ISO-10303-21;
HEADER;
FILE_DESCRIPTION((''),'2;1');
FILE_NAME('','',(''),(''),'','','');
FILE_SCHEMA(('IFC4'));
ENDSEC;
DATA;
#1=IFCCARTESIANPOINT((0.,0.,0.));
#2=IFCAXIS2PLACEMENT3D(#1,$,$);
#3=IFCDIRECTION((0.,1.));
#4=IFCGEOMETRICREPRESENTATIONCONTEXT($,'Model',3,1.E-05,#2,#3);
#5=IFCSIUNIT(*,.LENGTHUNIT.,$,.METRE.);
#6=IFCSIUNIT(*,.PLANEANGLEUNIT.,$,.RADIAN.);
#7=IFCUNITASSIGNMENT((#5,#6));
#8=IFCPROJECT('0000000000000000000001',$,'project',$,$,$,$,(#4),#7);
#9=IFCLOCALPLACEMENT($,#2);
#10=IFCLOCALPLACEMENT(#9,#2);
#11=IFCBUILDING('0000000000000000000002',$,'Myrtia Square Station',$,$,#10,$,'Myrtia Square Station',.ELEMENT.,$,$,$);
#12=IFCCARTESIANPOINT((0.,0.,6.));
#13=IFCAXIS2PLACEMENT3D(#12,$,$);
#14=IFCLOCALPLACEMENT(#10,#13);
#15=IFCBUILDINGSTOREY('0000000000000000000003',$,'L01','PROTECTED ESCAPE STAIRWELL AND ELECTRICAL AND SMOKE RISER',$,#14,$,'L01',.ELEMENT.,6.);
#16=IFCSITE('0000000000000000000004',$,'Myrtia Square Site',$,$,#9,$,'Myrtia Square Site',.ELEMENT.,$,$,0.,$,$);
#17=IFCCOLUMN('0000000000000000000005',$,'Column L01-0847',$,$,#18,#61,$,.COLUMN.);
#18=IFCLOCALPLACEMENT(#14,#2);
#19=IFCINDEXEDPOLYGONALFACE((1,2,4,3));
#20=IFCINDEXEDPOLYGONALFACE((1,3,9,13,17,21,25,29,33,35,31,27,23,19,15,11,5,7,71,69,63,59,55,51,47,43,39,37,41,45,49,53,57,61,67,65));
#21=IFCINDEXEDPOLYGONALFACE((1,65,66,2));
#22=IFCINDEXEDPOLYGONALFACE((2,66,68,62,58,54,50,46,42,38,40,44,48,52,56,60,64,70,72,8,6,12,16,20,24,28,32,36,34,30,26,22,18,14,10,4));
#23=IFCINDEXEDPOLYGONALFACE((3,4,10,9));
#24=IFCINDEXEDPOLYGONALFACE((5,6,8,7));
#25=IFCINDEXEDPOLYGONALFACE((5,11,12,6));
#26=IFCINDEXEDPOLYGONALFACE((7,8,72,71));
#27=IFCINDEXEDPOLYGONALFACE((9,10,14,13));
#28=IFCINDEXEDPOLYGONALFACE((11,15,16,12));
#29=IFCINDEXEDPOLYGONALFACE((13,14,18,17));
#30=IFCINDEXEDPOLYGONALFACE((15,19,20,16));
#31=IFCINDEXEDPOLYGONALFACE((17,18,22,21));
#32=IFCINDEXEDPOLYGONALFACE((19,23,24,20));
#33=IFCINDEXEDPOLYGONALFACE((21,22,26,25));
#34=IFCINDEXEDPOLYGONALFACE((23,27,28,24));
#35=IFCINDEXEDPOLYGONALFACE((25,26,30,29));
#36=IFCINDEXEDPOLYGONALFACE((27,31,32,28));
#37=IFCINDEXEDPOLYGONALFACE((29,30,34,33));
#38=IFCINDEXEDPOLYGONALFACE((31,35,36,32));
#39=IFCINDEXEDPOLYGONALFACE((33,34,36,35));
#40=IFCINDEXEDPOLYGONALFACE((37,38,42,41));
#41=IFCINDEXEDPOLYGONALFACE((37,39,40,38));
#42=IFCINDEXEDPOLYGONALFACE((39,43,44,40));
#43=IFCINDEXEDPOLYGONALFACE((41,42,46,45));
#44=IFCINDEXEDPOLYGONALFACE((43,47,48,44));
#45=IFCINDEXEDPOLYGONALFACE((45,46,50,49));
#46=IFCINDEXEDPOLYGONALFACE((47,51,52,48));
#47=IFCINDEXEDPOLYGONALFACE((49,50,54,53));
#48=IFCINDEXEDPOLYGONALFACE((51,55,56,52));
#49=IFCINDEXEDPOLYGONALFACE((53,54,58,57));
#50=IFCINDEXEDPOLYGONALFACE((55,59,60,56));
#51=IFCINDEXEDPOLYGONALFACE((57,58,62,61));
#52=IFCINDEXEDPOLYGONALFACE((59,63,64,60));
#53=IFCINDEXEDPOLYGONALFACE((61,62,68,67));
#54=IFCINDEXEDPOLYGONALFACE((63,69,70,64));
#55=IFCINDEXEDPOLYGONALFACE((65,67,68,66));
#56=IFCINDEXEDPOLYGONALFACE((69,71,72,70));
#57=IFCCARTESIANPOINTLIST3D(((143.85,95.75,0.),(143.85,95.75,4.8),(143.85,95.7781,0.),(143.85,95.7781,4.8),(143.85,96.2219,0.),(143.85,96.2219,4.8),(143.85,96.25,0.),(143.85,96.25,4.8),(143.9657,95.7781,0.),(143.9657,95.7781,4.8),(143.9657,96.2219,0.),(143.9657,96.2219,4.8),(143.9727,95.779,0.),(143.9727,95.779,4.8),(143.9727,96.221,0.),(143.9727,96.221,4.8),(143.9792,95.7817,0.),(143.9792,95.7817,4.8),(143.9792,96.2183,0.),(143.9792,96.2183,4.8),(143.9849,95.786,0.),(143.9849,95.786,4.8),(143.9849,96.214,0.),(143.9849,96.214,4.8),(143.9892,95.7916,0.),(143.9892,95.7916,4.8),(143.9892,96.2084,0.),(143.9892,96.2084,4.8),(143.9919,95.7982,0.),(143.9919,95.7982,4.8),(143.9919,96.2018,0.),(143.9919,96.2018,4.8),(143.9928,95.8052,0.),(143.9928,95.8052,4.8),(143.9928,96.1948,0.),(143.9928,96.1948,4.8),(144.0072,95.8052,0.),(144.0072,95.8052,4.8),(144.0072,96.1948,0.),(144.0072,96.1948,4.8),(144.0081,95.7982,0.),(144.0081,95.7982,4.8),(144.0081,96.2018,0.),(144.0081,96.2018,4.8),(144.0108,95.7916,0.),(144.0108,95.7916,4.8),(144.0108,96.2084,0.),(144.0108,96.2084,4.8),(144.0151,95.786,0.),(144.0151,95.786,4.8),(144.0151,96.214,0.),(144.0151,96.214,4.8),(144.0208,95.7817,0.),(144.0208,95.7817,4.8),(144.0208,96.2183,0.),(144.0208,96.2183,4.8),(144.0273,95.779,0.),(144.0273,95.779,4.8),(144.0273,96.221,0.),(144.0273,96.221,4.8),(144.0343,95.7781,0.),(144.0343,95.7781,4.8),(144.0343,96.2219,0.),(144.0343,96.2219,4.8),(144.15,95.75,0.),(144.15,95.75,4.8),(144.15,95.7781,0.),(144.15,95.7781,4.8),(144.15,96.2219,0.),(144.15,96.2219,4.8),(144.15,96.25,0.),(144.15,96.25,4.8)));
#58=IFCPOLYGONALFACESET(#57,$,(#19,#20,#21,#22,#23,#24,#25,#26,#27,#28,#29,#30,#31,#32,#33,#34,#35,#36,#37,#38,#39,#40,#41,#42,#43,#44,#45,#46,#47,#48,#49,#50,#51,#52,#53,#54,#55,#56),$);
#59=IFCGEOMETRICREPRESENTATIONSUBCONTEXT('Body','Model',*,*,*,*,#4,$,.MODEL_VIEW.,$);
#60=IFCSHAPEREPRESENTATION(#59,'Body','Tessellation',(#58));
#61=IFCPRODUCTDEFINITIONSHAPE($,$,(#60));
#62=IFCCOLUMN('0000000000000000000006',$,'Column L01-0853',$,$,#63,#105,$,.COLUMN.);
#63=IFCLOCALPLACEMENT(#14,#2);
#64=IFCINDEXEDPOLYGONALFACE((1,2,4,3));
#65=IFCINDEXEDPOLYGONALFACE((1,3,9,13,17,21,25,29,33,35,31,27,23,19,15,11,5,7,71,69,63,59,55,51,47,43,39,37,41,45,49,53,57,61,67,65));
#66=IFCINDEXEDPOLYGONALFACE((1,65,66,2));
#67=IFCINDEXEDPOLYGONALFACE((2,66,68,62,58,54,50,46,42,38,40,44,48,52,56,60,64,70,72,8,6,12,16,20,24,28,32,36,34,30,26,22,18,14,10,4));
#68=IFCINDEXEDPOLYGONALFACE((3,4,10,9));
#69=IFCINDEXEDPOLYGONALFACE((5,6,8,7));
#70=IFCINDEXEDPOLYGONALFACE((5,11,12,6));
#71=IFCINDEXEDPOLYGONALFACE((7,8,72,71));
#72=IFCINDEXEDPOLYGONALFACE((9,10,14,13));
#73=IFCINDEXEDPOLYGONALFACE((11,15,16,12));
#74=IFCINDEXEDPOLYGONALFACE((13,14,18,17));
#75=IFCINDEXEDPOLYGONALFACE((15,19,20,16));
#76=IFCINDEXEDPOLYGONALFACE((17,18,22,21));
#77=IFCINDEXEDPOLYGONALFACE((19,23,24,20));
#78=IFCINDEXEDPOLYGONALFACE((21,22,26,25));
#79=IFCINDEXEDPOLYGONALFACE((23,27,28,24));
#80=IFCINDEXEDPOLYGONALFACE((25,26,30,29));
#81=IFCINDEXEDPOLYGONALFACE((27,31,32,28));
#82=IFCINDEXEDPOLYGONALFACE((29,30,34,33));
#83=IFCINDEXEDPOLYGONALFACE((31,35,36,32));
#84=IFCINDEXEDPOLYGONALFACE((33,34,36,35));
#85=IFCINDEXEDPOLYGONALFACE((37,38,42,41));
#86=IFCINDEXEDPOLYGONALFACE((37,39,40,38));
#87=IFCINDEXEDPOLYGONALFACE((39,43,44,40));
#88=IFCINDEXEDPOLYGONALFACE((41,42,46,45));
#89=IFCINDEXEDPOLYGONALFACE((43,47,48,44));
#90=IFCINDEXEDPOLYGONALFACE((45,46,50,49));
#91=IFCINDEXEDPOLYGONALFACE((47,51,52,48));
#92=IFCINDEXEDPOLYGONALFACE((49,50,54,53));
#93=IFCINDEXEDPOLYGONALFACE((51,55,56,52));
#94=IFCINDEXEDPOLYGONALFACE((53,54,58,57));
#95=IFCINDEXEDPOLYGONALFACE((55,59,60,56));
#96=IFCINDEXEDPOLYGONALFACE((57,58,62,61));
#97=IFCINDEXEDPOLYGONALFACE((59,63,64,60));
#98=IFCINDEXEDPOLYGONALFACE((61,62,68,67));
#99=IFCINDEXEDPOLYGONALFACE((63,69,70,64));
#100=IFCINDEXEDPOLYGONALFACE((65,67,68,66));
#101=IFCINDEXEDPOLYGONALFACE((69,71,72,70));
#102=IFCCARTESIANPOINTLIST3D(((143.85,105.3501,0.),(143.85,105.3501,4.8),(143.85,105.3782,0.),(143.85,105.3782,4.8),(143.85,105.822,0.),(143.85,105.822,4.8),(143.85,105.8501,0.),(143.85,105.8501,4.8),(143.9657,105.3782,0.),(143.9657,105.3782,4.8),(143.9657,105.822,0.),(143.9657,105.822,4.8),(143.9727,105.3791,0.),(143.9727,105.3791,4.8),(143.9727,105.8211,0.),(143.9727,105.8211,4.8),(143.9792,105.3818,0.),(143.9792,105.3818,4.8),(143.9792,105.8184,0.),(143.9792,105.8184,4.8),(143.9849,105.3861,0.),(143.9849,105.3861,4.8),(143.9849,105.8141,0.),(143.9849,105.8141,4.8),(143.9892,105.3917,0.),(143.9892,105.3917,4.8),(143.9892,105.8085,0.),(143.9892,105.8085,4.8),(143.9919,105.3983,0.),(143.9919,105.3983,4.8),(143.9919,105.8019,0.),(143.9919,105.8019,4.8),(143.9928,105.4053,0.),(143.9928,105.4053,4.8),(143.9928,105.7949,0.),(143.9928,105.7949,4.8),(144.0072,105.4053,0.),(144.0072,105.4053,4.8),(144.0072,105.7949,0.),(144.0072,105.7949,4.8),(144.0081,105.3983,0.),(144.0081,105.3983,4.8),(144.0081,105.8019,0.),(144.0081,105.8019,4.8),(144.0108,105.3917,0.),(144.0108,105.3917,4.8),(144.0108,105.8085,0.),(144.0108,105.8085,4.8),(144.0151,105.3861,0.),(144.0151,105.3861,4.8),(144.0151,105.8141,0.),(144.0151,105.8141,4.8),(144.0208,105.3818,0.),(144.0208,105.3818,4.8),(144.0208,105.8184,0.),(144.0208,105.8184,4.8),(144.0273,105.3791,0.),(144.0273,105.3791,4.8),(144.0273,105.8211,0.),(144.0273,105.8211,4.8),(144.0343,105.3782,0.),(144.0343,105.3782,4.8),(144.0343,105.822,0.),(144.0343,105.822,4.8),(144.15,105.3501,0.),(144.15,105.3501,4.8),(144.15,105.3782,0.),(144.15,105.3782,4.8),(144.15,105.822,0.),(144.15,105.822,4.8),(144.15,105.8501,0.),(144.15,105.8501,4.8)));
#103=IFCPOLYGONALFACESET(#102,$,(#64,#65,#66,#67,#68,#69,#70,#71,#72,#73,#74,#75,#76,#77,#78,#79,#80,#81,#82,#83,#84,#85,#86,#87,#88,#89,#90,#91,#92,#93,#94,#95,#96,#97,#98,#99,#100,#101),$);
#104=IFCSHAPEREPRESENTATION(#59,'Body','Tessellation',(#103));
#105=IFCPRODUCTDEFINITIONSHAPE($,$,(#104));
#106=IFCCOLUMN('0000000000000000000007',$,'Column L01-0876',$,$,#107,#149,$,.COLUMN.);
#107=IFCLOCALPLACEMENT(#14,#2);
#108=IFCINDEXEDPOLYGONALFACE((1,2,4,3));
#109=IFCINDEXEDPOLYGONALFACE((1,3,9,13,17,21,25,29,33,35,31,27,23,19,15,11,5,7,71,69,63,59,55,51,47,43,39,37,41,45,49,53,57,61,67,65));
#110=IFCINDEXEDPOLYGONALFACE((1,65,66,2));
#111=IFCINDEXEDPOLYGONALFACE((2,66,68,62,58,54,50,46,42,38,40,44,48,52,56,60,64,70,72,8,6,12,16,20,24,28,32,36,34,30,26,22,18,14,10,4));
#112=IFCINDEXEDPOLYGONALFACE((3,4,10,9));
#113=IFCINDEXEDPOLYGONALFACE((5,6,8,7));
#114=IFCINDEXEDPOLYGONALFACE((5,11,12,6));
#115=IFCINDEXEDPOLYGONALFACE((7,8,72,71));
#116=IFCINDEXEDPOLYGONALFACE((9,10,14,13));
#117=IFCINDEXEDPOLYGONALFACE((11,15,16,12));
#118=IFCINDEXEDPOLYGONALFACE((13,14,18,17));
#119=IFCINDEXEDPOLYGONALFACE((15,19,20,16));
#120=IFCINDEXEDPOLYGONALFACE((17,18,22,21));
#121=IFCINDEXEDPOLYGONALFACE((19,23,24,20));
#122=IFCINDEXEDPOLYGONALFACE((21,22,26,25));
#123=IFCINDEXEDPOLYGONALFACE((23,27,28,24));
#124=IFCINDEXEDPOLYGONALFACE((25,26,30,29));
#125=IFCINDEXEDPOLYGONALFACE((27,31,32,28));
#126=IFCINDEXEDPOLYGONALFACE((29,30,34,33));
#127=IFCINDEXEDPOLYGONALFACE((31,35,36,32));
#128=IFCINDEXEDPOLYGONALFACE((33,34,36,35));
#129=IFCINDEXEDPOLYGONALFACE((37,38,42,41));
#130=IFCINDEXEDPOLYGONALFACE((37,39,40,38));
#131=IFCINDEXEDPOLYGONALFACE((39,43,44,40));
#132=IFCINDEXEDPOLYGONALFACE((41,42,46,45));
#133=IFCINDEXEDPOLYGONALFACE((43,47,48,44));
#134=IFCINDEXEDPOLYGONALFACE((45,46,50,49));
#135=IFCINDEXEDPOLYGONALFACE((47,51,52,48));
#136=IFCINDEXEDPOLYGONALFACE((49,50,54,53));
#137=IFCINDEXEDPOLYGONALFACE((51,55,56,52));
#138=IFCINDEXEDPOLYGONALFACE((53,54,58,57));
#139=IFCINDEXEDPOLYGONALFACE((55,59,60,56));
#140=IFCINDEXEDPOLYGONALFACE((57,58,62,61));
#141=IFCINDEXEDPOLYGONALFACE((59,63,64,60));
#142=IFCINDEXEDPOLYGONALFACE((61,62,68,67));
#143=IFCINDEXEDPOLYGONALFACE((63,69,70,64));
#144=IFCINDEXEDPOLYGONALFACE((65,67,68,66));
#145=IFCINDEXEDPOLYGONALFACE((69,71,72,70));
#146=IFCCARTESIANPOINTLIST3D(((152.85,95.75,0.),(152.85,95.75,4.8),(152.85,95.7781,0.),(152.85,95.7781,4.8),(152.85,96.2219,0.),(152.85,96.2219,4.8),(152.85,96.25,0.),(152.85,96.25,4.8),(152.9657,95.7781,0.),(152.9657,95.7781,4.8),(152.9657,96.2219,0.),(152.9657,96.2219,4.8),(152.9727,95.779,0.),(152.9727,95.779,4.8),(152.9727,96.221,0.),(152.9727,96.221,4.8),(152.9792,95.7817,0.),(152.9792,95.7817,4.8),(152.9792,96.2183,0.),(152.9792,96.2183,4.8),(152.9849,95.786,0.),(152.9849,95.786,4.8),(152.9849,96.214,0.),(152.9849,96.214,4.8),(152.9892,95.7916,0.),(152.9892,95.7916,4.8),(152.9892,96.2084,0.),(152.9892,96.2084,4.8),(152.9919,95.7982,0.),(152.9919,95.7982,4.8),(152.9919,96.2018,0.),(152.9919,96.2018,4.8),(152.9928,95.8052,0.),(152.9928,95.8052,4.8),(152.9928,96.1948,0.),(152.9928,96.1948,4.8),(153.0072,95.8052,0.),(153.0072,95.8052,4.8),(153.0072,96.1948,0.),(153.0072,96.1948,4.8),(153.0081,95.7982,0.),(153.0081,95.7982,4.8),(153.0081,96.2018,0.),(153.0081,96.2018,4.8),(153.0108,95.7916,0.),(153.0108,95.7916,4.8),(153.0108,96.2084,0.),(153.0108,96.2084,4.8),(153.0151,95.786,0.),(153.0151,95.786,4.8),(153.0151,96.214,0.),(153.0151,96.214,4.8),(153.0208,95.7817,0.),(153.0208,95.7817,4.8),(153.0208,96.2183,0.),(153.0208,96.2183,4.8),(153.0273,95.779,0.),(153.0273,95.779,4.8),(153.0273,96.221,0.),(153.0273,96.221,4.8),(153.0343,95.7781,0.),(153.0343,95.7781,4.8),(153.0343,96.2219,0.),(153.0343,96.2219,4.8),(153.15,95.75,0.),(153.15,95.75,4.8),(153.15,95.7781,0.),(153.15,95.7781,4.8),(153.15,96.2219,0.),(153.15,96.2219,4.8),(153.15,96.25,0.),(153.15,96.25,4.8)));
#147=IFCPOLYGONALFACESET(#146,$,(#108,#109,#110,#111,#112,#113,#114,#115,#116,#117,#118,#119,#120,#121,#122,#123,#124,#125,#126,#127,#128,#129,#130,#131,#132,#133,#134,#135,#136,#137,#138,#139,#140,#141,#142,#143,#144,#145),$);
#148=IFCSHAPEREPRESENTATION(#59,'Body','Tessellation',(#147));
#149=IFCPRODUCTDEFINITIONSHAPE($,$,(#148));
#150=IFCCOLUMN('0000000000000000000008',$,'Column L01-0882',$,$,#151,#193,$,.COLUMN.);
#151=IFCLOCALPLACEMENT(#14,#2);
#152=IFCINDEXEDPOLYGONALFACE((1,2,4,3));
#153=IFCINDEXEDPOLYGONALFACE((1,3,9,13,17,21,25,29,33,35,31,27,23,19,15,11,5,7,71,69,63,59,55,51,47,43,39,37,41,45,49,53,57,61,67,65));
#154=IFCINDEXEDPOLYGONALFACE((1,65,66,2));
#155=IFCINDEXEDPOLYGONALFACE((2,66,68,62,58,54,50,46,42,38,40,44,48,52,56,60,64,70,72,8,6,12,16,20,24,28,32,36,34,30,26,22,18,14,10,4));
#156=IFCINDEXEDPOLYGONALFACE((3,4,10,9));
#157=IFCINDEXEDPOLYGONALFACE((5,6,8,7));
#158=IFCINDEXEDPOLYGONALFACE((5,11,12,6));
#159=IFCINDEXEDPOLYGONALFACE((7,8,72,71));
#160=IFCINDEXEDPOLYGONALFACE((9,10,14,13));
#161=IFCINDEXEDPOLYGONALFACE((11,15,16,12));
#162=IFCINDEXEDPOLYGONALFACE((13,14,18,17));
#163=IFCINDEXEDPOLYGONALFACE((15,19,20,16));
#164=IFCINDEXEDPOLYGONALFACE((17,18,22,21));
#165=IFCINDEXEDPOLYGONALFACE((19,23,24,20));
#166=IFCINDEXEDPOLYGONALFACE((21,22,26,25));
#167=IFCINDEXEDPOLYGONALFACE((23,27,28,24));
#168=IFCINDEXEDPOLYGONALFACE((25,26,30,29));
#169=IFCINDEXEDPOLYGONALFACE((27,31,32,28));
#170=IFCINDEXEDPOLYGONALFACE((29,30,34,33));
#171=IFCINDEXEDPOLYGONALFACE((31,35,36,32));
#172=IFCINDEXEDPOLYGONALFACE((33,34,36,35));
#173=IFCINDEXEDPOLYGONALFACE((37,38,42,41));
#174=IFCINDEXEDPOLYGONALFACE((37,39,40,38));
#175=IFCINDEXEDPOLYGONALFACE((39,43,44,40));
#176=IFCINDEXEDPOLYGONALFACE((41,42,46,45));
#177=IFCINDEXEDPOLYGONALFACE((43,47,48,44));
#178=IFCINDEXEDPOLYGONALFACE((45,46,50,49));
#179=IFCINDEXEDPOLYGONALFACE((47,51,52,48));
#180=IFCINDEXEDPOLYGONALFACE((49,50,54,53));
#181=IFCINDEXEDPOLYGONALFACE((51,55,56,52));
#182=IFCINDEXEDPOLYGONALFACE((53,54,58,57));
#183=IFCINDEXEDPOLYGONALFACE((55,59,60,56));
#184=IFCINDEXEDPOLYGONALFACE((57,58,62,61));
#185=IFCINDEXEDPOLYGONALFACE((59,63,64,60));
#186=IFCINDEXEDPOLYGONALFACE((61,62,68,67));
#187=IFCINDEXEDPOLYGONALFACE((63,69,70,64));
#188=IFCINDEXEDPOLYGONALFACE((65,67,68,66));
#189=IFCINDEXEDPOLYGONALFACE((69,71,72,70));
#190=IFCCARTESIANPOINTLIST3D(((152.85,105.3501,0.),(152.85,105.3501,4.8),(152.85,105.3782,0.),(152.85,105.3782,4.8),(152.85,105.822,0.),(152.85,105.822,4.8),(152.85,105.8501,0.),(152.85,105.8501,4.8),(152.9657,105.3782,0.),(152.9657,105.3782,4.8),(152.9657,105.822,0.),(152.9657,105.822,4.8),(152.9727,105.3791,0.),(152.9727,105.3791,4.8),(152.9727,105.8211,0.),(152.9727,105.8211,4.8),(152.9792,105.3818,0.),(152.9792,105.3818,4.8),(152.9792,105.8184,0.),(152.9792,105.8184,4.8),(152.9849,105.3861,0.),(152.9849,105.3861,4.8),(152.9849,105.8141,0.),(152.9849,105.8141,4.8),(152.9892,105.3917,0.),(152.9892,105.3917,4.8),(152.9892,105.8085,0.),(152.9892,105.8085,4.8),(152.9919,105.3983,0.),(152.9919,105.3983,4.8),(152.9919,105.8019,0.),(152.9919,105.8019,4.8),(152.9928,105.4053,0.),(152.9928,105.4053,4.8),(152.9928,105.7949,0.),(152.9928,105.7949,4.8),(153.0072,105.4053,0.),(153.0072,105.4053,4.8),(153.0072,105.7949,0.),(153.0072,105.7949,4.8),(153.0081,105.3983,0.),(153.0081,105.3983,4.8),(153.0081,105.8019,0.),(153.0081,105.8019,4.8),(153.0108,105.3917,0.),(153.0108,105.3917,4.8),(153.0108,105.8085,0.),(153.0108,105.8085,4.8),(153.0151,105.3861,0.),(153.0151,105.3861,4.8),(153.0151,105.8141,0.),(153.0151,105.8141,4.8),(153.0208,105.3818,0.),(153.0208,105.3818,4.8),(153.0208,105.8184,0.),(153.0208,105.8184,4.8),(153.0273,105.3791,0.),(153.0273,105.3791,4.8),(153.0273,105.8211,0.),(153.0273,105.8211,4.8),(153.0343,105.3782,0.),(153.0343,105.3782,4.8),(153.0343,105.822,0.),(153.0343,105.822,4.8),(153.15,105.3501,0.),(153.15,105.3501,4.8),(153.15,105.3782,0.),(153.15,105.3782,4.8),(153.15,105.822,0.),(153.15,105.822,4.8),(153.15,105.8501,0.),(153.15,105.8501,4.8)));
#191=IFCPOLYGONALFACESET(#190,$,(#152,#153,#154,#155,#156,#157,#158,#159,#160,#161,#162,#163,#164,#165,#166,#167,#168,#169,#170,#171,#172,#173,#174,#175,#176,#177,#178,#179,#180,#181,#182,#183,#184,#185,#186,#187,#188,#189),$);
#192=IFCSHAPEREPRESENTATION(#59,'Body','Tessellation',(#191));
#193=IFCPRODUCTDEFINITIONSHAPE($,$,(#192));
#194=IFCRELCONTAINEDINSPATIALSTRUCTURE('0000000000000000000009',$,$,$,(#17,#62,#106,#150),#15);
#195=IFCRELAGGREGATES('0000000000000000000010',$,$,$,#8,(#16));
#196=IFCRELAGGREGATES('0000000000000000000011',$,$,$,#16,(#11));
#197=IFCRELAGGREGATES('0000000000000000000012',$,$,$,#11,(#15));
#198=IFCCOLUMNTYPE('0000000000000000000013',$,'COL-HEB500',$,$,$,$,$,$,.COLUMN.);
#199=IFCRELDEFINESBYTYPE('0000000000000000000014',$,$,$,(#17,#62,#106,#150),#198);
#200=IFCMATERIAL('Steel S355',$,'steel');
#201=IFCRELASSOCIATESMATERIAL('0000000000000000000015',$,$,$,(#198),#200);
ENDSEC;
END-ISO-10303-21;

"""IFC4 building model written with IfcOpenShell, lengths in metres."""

from ifc_helpers import new_model, si_unit, direction, frame, origin, origin_2d, place, context, subcontext, project, spatial, i_section, extrude, material, material_profile, profile_set, type_object, element, save


model = new_model("IFC4")

# Units and contexts
model_context = context("Model", 3, precision=1e-05, world=origin(), true_north=direction((0.0, 1.0)))
body_context = subcontext(model_context, "Body", "Model", "MODEL_VIEW")
ifc_project = project(units=[si_unit("LENGTHUNIT", "METRE"), si_unit("PLANEANGLEUNIT", "RADIAN")], contexts=[model_context])

# Site, building, storey
site_placement = place(None, origin())
site = spatial("IfcSite", under=ifc_project, at=site_placement, Name="Myrtia Square Site", LongName="Myrtia Square Site", CompositionType="ELEMENT", RefElevation=0.0)
building_placement = place(site_placement, origin())
building = spatial("IfcBuilding", under=site, at=building_placement, Name="Myrtia Square Station", LongName="Myrtia Square Station", CompositionType="ELEMENT")
storey_placement = place(building_placement, frame((0.0, 0.0, 6.0)))
storey = spatial("IfcBuildingStorey", under=building, at=storey_placement, Name="L01", Description="PROTECTED ESCAPE STAIRWELL AND ELECTRICAL AND SMOKE RISER", LongName="L01", CompositionType="ELEMENT", Elevation=6.0)

# Columns
ifc_material_1 = material(Name="Steel S355", Category="steel")
ifc_material_profile_1 = material_profile(ifc_material_1, i_section(OverallWidth=0.3, OverallDepth=0.5, WebThickness=0.0144, FlangeThickness=0.0281, FilletRadius=0.0271, at=origin_2d()), Name="HEB 500")
ifc_profile_set_1 = profile_set([ifc_material_profile_1], Name="Steel S355")
column_type = type_object("IfcColumnType", Name="COL-HEB500", PredefinedType="COLUMN", material=ifc_profile_set_1)
for number, where, z_axis, x_axis, name in (
    (1, (144.0, 96.0, 0.0), (0.0, 0.0, 1.0), (1.0, 0.0, 0.0), "Column L01-0847"),
    (2, (144.0, 105.6001, 0.0), (0.0, 0.0, 1.0), (1.0, 0.0, 0.0), "Column L01-0853"),
    (3, (153.0, 96.0, 0.0), (0.0, 0.0, 1.0), (1.0, 0.0, 0.0), "Column L01-0876"),
    (4, (153.0, 105.6001, 0.0), (0.0, 0.0, 1.0), (1.0, 0.0, 0.0), "Column L01-0882"),
):
    element("IfcColumn", number, at=place(storey_placement, frame(where, z_axis=z_axis, x_axis=x_axis)), inside=storey, type_object=column_type, Name=name, PredefinedType="COLUMN", context=body_context, shape_type="SweptSolid", body=[
        extrude(i_section(OverallWidth=0.3, OverallDepth=0.5, WebThickness=0.0144, FlangeThickness=0.0281, FilletRadius=0.0271, at=origin_2d()), origin(), (0.0, 0.0, 1.0), 4.8),
    ])

save(model, "model.ifc")
